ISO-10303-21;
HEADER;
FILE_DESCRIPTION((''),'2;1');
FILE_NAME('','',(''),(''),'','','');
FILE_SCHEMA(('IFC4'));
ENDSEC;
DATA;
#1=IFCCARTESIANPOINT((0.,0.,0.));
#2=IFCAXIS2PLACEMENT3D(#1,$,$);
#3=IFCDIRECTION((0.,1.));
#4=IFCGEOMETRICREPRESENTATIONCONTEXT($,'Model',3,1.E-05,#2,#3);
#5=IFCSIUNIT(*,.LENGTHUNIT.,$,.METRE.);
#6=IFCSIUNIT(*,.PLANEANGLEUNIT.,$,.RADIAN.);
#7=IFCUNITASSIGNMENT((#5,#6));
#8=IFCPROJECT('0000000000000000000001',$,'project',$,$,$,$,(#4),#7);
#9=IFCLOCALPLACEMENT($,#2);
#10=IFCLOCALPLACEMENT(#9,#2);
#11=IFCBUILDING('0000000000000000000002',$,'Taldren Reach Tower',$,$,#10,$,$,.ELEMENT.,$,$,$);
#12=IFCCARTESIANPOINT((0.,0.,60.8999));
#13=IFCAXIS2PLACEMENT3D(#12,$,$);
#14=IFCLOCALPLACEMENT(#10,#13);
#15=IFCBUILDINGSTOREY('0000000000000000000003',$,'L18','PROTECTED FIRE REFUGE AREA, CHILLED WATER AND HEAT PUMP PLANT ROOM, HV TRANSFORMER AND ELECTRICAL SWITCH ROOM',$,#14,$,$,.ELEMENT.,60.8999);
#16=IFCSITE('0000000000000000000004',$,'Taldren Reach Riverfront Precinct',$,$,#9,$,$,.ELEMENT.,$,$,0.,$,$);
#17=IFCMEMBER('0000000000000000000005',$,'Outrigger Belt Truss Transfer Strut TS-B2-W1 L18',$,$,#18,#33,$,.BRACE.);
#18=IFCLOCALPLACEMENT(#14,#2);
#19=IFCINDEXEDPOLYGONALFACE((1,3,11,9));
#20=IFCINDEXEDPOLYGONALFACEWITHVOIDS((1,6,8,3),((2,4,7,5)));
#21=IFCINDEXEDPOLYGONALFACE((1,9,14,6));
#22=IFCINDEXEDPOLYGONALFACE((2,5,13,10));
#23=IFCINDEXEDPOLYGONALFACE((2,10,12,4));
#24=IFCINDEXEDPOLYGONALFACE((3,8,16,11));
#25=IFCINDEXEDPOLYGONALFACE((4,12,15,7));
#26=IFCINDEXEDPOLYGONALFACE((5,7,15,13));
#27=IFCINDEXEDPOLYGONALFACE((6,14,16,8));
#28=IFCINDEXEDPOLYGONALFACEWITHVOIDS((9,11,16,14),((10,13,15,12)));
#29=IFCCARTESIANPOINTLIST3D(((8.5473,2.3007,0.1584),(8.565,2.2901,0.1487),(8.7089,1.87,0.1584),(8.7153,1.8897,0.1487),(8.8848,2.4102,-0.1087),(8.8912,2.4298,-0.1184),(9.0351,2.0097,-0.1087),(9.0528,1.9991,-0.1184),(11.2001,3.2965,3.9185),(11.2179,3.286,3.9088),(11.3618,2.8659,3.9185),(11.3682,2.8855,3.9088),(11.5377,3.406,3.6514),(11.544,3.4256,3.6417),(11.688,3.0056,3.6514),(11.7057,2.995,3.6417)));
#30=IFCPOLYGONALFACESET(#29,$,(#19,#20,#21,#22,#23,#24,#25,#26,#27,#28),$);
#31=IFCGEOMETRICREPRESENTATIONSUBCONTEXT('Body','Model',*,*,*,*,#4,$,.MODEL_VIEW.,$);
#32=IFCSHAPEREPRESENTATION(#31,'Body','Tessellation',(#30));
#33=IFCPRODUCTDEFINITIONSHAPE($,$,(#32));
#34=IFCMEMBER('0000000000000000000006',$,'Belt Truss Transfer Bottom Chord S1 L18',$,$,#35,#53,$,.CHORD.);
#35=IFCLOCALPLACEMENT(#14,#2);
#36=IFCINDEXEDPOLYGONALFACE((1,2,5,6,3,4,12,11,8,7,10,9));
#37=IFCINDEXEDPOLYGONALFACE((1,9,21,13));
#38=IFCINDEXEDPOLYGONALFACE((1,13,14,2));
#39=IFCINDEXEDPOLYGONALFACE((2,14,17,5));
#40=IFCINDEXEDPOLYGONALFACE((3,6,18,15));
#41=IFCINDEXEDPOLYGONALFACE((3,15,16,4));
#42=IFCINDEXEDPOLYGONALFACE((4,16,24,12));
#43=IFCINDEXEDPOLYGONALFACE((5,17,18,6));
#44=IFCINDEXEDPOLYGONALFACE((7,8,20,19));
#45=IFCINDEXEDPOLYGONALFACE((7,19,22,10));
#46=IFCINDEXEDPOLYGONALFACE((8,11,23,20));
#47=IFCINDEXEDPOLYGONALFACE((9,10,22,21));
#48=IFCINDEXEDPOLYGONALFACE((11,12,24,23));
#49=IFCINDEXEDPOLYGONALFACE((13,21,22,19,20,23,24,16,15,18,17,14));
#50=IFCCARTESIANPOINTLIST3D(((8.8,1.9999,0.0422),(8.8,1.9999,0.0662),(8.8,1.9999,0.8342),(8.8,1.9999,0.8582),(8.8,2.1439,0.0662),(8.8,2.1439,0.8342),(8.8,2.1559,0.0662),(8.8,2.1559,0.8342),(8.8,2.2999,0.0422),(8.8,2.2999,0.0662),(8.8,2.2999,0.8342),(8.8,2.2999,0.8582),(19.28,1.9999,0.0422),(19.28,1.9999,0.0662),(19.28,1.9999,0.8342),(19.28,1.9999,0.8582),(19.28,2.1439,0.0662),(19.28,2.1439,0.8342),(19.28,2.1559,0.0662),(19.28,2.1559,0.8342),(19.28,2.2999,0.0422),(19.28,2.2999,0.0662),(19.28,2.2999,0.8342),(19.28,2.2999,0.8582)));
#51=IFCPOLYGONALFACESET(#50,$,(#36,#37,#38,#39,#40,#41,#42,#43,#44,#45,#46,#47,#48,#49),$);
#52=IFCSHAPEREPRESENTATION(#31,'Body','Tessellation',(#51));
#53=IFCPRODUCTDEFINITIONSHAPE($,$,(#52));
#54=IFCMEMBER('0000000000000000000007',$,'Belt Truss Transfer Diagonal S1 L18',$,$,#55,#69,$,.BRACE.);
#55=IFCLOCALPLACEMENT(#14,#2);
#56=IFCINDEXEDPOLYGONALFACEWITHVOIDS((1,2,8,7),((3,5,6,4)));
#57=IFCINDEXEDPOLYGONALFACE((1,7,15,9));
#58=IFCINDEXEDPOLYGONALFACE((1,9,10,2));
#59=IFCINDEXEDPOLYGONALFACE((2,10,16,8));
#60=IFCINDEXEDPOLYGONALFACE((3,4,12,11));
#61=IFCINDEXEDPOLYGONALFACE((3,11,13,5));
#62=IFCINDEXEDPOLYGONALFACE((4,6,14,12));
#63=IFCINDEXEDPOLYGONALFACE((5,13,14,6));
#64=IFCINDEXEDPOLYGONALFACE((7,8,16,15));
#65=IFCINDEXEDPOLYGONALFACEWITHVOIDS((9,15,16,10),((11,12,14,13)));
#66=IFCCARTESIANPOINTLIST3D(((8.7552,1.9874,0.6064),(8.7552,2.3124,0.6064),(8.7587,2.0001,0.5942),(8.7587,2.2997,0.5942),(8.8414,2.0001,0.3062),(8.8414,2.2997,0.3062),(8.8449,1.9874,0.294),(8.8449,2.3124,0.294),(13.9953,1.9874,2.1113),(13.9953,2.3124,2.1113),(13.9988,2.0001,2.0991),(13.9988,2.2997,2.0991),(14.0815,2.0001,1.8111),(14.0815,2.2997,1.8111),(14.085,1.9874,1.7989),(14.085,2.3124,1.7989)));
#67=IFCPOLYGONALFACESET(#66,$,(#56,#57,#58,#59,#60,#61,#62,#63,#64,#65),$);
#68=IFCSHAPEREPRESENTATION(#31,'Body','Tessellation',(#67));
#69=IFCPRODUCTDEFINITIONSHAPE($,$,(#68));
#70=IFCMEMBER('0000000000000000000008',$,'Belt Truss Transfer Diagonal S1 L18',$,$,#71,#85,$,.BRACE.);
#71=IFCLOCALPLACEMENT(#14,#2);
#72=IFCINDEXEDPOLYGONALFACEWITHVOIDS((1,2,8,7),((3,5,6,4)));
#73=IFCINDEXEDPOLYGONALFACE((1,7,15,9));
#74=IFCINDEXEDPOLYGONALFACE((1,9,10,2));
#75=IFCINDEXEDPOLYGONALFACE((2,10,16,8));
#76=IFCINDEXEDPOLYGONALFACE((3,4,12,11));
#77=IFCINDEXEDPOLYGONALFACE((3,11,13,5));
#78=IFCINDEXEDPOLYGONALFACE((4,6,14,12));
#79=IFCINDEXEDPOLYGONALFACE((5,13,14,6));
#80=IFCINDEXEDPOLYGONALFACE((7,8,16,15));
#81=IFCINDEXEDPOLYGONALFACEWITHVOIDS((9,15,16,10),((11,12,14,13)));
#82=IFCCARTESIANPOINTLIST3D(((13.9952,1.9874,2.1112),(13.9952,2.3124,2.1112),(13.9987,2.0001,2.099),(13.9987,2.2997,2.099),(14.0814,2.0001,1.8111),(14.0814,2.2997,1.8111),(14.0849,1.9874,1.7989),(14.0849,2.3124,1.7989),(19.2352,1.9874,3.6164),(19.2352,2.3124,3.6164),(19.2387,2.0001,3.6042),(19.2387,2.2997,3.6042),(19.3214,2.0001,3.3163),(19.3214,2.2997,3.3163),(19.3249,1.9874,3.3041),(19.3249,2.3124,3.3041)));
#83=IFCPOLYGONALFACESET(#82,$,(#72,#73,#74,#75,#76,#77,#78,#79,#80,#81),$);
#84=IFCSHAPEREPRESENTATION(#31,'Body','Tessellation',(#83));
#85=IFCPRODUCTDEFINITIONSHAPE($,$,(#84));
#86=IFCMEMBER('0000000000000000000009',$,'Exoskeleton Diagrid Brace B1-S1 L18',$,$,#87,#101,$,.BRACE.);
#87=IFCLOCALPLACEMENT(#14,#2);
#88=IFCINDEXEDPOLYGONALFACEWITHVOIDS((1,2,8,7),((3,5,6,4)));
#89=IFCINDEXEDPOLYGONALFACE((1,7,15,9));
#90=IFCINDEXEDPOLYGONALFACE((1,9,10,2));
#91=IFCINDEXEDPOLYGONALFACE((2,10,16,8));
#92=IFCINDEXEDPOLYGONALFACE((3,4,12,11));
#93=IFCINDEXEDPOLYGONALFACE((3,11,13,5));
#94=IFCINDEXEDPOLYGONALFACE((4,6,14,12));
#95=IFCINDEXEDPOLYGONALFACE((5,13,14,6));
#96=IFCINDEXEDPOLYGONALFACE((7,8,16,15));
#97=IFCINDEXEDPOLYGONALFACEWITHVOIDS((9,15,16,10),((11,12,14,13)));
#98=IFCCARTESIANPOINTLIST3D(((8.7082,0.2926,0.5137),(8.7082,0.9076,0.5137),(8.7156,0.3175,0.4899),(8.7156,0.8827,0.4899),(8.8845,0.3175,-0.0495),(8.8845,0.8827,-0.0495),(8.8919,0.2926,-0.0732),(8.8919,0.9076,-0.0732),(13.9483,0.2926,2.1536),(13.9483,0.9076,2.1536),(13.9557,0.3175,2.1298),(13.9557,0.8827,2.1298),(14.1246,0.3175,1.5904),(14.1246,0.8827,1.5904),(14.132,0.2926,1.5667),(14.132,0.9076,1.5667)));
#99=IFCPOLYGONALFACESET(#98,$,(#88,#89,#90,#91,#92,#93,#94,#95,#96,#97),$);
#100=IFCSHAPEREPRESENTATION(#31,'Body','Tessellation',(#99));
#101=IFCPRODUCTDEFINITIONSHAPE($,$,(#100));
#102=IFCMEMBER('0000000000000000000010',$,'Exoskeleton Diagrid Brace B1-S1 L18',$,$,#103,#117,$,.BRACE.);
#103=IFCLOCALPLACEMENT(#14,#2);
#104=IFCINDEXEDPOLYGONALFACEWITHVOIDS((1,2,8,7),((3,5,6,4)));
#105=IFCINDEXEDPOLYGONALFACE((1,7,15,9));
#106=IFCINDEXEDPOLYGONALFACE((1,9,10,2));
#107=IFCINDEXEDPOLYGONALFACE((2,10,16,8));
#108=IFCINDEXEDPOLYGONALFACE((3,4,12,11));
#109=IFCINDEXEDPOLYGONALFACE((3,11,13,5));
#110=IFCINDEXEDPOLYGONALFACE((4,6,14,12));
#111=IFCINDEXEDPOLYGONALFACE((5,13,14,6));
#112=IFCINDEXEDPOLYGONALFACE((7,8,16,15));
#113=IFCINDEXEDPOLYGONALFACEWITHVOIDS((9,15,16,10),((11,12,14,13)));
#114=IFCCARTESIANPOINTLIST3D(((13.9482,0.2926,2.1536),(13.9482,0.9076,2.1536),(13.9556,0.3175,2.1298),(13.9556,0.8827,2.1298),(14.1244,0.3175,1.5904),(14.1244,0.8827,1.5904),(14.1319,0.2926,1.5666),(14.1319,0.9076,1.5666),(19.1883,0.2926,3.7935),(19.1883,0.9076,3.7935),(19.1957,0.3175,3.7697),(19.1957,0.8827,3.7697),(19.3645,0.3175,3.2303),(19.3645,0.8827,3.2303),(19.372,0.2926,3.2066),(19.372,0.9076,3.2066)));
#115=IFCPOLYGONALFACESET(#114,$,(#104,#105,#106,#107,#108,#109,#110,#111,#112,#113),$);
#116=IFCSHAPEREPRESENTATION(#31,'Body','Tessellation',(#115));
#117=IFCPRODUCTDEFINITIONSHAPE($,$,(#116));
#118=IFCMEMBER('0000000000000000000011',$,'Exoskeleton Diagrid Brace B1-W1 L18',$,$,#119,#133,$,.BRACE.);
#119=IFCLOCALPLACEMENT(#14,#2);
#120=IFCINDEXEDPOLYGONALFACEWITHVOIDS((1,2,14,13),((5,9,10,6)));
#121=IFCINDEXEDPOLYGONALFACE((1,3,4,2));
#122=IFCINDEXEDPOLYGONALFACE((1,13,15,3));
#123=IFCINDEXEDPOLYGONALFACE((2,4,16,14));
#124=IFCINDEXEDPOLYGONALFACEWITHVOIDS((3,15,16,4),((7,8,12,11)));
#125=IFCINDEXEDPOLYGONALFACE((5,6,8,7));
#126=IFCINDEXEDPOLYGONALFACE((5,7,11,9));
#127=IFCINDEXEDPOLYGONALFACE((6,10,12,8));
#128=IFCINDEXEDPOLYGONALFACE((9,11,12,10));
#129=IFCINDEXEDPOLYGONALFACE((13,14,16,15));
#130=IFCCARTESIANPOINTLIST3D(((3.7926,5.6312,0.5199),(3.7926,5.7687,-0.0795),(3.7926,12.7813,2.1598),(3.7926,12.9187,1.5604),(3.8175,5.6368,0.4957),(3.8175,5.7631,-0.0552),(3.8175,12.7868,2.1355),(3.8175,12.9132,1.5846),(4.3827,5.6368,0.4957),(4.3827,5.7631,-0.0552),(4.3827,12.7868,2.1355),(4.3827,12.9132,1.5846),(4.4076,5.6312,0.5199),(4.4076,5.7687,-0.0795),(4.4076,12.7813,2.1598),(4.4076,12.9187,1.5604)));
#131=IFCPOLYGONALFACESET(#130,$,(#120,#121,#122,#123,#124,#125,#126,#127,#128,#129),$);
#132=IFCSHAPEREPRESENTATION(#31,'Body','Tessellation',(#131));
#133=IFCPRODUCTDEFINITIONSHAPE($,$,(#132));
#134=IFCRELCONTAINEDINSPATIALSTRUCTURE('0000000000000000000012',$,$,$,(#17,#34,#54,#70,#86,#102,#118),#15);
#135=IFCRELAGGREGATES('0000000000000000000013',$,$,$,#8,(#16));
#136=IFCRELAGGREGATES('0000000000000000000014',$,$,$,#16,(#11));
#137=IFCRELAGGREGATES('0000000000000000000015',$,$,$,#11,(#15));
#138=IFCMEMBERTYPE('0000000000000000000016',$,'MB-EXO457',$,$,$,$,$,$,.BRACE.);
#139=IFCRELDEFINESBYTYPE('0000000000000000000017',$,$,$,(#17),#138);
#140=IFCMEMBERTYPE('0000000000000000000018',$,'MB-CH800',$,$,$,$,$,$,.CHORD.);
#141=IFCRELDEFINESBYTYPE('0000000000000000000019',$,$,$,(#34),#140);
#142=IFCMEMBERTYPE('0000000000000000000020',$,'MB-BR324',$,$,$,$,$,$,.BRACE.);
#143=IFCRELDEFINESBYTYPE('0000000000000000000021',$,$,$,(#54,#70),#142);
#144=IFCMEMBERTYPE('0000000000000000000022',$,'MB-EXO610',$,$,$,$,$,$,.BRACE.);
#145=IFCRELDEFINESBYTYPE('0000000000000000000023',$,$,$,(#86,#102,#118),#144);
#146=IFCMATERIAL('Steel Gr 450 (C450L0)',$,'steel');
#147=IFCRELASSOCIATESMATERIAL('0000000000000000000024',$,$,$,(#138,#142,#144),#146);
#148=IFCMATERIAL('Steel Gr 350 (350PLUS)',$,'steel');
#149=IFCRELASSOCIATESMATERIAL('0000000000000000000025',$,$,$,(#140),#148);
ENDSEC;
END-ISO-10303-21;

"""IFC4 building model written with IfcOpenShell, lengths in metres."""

from ifc_helpers import new_model, si_unit, direction, frame, origin, origin_2d, place, context, subcontext, project, spatial, hollow_rectangle, i_section, extrude, source, transform, mapped, material, material_profile, profile_set, type_object, element, save


model = new_model("IFC4")

# Units and contexts
model_context = context("Model", 3, precision=1e-05, world=origin(), true_north=direction((0.0, 1.0)))
body_context = subcontext(model_context, "Body", "Model", "MODEL_VIEW")
ifc_project = project(units=[si_unit("LENGTHUNIT", "METRE"), si_unit("PLANEANGLEUNIT", "RADIAN")], contexts=[model_context])

# Site, building, storey
site_placement = place(None, origin())
site = spatial("IfcSite", under=ifc_project, at=site_placement, Name="Taldren Reach Riverfront Precinct", CompositionType="ELEMENT", RefElevation=0.0)
building_placement = place(site_placement, origin())
building = spatial("IfcBuilding", under=site, at=building_placement, Name="Taldren Reach Tower", CompositionType="ELEMENT")
storey_placement = place(building_placement, frame((0.0, 0.0, 60.8999)))
storey = spatial("IfcBuildingStorey", under=building, at=storey_placement, Name="L18", Description="PROTECTED FIRE REFUGE AREA, CHILLED WATER AND HEAT PUMP PLANT ROOM, HV TRANSFORMER AND ELECTRICAL SWITCH ROOM", CompositionType="ELEMENT", Elevation=60.8999)

# Shared definitions
ifc_material_1 = material(Name="Steel Gr 350 (350PLUS)", Category="steel")

# Shared definitions
ifc_material_2 = material(Name="Steel Gr 450 (C450L0)", Category="steel")

# Members
ifc_material_profile_1 = material_profile(ifc_material_2, hollow_rectangle(XDim=0.46, YDim=0.46, WallThickness=0.0161, at=origin_2d()), Name="460x460x16.0SHS")
ifc_profile_set_1 = profile_set([ifc_material_profile_1], Name="Steel Gr 450 (C450L0)")
member_type_1 = type_object("IfcMemberType", Name="MB-EXO457", PredefinedType="BRACE", material=ifc_profile_set_1)
shared_shape_1 = source(origin(), body_context, "Body", "SweptSolid", [
    extrude(hollow_rectangle(XDim=0.46, YDim=0.46, WallThickness=0.0161, at=origin_2d()), origin(), (0.0, 0.0, 1.0), 4.7083),
])
member_1_placement = place(storey_placement, frame((8.8, 2.1499, 0.02), z_axis=(0.563452, 0.211515, 0.798613), x_axis=(-0.351444, 0.936209, 0.0)))
element("IfcMember", 1, at=member_1_placement, inside=storey, type_object=member_type_1, Name="Outrigger Belt Truss Transfer Strut TS-B2-W1 L18", PredefinedType="BRACE", context=body_context, shape_type="MappedRepresentation", body=[
    mapped(shared_shape_1, transform((0.0, 0.0, 0.0), scale=1.0)),
])
ifc_material_profile_2 = material_profile(ifc_material_1, i_section(OverallWidth=0.3, OverallDepth=0.8159, WebThickness=0.012, FlangeThickness=0.0239, at=origin_2d()), Name="800WB192")
ifc_profile_set_2 = profile_set([ifc_material_profile_2], Name="Steel Gr 350 (350PLUS)")
member_type_2 = type_object("IfcMemberType", Name="MB-CH800", PredefinedType="CHORD", material=ifc_profile_set_2)
shared_shape_2 = source(origin(), body_context, "Body", "SweptSolid", [
    extrude(i_section(OverallWidth=0.3, OverallDepth=0.8159, WebThickness=0.012, FlangeThickness=0.0239, at=origin_2d()), origin(), (0.0, 0.0, 1.0), 10.48),
])
member_2_placement = place(storey_placement, frame((8.8, 2.1499, 0.4502), z_axis=(1.0, 0.0, 0.0), x_axis=(0.0, 1.0, 0.0)))
element("IfcMember", 2, at=member_2_placement, inside=storey, type_object=member_type_2, Name="Belt Truss Transfer Bottom Chord S1 L18", PredefinedType="CHORD", context=body_context, shape_type="MappedRepresentation", body=[
    mapped(shared_shape_2, transform((0.0, 0.0, 0.0), scale=1.0)),
])
ifc_material_profile_3 = material_profile(ifc_material_2, hollow_rectangle(XDim=0.325, YDim=0.325, WallThickness=0.0127, at=origin_2d()), Name="325x325x12.7SHS")
ifc_profile_set_3 = profile_set([ifc_material_profile_3], Name="Steel Gr 450 (C450L0)")
member_type_3 = type_object("IfcMemberType", Name="MB-BR324", PredefinedType="BRACE", material=ifc_profile_set_3)
shared_shape_3 = source(origin(), body_context, "Body", "SweptSolid", [
    extrude(hollow_rectangle(XDim=0.325, YDim=0.325, WallThickness=0.0127, at=origin_2d()), origin(), (0.0, 0.0, 1.0), 5.4519),
])
for number, where, z_axis, x_axis, name in (
    (3, (8.8, 2.1499, 0.4502), (0.961148, 0.0, 0.276034), (0.0, 1.0, 0.0), "Belt Truss Transfer Diagonal S1 L18"),
    (4, (14.04, 2.1499, 1.9551), (0.961136, 0.0, 0.276075), (0.0, 1.0, 0.0), "Belt Truss Transfer Diagonal S1 L18"),
):
    element("IfcMember", number, at=place(storey_placement, frame(where, z_axis=z_axis, x_axis=x_axis)), inside=storey, type_object=member_type_3, Name=name, PredefinedType="BRACE", context=body_context, shape_type="MappedRepresentation", body=[
        mapped(shared_shape_3, transform((0.0, 0.0, 0.0), scale=1.0)),
    ])
ifc_material_profile_4 = material_profile(ifc_material_2, hollow_rectangle(XDim=0.615, YDim=0.615, WallThickness=0.0249, at=origin_2d()), Name="615x615x25.0SHS")
ifc_profile_set_4 = profile_set([ifc_material_profile_4], Name="Steel Gr 450 (C450L0)")
member_type_4 = type_object("IfcMemberType", Name="MB-EXO610", PredefinedType="BRACE", material=ifc_profile_set_4)
shared_shape_4 = source(origin(), body_context, "Body", "SweptSolid", [
    extrude(hollow_rectangle(XDim=0.615, YDim=0.615, WallThickness=0.0249, at=origin_2d()), origin(), (0.0, 0.0, 1.0), 5.4907),
])
for number, where, z_axis, x_axis, name in (
    (5, (8.8, 0.6001, 0.2202), (0.954356, 0.0, 0.298672), (0.0, 1.0, 0.0), "Exoskeleton Diagrid Brace B1-S1 L18"),
    (6, (14.04, 0.6001, 1.8601), (0.954356, 0.0, 0.298672), (0.0, 1.0, 0.0), "Exoskeleton Diagrid Brace B1-S1 L18"),
):
    element("IfcMember", number, at=place(storey_placement, frame(where, z_axis=z_axis, x_axis=x_axis)), inside=storey, type_object=member_type_4, Name=name, PredefinedType="BRACE", context=body_context, shape_type="MappedRepresentation", body=[
        mapped(shared_shape_4, transform((0.0, 0.0, 0.0), scale=1.0)),
    ])
shared_shape_5 = source(origin(), body_context, "Body", "SweptSolid", [
    extrude(hollow_rectangle(XDim=0.615, YDim=0.615, WallThickness=0.0249, at=origin_2d()), origin(), (0.0, 0.0, 1.0), 7.3357),
])
member_3_placement = place(storey_placement, frame((4.1001, 5.7, 0.2202), z_axis=(0.0, 0.974693, 0.223547), x_axis=(-1.0, 0.0, 0.0)))
element("IfcMember", 7, at=member_3_placement, inside=storey, type_object=member_type_4, Name="Exoskeleton Diagrid Brace B1-W1 L18", PredefinedType="BRACE", context=body_context, shape_type="MappedRepresentation", body=[
    mapped(shared_shape_5, transform((0.0, 0.0, 0.0), scale=1.0)),
])

save(model, "model.ifc")
